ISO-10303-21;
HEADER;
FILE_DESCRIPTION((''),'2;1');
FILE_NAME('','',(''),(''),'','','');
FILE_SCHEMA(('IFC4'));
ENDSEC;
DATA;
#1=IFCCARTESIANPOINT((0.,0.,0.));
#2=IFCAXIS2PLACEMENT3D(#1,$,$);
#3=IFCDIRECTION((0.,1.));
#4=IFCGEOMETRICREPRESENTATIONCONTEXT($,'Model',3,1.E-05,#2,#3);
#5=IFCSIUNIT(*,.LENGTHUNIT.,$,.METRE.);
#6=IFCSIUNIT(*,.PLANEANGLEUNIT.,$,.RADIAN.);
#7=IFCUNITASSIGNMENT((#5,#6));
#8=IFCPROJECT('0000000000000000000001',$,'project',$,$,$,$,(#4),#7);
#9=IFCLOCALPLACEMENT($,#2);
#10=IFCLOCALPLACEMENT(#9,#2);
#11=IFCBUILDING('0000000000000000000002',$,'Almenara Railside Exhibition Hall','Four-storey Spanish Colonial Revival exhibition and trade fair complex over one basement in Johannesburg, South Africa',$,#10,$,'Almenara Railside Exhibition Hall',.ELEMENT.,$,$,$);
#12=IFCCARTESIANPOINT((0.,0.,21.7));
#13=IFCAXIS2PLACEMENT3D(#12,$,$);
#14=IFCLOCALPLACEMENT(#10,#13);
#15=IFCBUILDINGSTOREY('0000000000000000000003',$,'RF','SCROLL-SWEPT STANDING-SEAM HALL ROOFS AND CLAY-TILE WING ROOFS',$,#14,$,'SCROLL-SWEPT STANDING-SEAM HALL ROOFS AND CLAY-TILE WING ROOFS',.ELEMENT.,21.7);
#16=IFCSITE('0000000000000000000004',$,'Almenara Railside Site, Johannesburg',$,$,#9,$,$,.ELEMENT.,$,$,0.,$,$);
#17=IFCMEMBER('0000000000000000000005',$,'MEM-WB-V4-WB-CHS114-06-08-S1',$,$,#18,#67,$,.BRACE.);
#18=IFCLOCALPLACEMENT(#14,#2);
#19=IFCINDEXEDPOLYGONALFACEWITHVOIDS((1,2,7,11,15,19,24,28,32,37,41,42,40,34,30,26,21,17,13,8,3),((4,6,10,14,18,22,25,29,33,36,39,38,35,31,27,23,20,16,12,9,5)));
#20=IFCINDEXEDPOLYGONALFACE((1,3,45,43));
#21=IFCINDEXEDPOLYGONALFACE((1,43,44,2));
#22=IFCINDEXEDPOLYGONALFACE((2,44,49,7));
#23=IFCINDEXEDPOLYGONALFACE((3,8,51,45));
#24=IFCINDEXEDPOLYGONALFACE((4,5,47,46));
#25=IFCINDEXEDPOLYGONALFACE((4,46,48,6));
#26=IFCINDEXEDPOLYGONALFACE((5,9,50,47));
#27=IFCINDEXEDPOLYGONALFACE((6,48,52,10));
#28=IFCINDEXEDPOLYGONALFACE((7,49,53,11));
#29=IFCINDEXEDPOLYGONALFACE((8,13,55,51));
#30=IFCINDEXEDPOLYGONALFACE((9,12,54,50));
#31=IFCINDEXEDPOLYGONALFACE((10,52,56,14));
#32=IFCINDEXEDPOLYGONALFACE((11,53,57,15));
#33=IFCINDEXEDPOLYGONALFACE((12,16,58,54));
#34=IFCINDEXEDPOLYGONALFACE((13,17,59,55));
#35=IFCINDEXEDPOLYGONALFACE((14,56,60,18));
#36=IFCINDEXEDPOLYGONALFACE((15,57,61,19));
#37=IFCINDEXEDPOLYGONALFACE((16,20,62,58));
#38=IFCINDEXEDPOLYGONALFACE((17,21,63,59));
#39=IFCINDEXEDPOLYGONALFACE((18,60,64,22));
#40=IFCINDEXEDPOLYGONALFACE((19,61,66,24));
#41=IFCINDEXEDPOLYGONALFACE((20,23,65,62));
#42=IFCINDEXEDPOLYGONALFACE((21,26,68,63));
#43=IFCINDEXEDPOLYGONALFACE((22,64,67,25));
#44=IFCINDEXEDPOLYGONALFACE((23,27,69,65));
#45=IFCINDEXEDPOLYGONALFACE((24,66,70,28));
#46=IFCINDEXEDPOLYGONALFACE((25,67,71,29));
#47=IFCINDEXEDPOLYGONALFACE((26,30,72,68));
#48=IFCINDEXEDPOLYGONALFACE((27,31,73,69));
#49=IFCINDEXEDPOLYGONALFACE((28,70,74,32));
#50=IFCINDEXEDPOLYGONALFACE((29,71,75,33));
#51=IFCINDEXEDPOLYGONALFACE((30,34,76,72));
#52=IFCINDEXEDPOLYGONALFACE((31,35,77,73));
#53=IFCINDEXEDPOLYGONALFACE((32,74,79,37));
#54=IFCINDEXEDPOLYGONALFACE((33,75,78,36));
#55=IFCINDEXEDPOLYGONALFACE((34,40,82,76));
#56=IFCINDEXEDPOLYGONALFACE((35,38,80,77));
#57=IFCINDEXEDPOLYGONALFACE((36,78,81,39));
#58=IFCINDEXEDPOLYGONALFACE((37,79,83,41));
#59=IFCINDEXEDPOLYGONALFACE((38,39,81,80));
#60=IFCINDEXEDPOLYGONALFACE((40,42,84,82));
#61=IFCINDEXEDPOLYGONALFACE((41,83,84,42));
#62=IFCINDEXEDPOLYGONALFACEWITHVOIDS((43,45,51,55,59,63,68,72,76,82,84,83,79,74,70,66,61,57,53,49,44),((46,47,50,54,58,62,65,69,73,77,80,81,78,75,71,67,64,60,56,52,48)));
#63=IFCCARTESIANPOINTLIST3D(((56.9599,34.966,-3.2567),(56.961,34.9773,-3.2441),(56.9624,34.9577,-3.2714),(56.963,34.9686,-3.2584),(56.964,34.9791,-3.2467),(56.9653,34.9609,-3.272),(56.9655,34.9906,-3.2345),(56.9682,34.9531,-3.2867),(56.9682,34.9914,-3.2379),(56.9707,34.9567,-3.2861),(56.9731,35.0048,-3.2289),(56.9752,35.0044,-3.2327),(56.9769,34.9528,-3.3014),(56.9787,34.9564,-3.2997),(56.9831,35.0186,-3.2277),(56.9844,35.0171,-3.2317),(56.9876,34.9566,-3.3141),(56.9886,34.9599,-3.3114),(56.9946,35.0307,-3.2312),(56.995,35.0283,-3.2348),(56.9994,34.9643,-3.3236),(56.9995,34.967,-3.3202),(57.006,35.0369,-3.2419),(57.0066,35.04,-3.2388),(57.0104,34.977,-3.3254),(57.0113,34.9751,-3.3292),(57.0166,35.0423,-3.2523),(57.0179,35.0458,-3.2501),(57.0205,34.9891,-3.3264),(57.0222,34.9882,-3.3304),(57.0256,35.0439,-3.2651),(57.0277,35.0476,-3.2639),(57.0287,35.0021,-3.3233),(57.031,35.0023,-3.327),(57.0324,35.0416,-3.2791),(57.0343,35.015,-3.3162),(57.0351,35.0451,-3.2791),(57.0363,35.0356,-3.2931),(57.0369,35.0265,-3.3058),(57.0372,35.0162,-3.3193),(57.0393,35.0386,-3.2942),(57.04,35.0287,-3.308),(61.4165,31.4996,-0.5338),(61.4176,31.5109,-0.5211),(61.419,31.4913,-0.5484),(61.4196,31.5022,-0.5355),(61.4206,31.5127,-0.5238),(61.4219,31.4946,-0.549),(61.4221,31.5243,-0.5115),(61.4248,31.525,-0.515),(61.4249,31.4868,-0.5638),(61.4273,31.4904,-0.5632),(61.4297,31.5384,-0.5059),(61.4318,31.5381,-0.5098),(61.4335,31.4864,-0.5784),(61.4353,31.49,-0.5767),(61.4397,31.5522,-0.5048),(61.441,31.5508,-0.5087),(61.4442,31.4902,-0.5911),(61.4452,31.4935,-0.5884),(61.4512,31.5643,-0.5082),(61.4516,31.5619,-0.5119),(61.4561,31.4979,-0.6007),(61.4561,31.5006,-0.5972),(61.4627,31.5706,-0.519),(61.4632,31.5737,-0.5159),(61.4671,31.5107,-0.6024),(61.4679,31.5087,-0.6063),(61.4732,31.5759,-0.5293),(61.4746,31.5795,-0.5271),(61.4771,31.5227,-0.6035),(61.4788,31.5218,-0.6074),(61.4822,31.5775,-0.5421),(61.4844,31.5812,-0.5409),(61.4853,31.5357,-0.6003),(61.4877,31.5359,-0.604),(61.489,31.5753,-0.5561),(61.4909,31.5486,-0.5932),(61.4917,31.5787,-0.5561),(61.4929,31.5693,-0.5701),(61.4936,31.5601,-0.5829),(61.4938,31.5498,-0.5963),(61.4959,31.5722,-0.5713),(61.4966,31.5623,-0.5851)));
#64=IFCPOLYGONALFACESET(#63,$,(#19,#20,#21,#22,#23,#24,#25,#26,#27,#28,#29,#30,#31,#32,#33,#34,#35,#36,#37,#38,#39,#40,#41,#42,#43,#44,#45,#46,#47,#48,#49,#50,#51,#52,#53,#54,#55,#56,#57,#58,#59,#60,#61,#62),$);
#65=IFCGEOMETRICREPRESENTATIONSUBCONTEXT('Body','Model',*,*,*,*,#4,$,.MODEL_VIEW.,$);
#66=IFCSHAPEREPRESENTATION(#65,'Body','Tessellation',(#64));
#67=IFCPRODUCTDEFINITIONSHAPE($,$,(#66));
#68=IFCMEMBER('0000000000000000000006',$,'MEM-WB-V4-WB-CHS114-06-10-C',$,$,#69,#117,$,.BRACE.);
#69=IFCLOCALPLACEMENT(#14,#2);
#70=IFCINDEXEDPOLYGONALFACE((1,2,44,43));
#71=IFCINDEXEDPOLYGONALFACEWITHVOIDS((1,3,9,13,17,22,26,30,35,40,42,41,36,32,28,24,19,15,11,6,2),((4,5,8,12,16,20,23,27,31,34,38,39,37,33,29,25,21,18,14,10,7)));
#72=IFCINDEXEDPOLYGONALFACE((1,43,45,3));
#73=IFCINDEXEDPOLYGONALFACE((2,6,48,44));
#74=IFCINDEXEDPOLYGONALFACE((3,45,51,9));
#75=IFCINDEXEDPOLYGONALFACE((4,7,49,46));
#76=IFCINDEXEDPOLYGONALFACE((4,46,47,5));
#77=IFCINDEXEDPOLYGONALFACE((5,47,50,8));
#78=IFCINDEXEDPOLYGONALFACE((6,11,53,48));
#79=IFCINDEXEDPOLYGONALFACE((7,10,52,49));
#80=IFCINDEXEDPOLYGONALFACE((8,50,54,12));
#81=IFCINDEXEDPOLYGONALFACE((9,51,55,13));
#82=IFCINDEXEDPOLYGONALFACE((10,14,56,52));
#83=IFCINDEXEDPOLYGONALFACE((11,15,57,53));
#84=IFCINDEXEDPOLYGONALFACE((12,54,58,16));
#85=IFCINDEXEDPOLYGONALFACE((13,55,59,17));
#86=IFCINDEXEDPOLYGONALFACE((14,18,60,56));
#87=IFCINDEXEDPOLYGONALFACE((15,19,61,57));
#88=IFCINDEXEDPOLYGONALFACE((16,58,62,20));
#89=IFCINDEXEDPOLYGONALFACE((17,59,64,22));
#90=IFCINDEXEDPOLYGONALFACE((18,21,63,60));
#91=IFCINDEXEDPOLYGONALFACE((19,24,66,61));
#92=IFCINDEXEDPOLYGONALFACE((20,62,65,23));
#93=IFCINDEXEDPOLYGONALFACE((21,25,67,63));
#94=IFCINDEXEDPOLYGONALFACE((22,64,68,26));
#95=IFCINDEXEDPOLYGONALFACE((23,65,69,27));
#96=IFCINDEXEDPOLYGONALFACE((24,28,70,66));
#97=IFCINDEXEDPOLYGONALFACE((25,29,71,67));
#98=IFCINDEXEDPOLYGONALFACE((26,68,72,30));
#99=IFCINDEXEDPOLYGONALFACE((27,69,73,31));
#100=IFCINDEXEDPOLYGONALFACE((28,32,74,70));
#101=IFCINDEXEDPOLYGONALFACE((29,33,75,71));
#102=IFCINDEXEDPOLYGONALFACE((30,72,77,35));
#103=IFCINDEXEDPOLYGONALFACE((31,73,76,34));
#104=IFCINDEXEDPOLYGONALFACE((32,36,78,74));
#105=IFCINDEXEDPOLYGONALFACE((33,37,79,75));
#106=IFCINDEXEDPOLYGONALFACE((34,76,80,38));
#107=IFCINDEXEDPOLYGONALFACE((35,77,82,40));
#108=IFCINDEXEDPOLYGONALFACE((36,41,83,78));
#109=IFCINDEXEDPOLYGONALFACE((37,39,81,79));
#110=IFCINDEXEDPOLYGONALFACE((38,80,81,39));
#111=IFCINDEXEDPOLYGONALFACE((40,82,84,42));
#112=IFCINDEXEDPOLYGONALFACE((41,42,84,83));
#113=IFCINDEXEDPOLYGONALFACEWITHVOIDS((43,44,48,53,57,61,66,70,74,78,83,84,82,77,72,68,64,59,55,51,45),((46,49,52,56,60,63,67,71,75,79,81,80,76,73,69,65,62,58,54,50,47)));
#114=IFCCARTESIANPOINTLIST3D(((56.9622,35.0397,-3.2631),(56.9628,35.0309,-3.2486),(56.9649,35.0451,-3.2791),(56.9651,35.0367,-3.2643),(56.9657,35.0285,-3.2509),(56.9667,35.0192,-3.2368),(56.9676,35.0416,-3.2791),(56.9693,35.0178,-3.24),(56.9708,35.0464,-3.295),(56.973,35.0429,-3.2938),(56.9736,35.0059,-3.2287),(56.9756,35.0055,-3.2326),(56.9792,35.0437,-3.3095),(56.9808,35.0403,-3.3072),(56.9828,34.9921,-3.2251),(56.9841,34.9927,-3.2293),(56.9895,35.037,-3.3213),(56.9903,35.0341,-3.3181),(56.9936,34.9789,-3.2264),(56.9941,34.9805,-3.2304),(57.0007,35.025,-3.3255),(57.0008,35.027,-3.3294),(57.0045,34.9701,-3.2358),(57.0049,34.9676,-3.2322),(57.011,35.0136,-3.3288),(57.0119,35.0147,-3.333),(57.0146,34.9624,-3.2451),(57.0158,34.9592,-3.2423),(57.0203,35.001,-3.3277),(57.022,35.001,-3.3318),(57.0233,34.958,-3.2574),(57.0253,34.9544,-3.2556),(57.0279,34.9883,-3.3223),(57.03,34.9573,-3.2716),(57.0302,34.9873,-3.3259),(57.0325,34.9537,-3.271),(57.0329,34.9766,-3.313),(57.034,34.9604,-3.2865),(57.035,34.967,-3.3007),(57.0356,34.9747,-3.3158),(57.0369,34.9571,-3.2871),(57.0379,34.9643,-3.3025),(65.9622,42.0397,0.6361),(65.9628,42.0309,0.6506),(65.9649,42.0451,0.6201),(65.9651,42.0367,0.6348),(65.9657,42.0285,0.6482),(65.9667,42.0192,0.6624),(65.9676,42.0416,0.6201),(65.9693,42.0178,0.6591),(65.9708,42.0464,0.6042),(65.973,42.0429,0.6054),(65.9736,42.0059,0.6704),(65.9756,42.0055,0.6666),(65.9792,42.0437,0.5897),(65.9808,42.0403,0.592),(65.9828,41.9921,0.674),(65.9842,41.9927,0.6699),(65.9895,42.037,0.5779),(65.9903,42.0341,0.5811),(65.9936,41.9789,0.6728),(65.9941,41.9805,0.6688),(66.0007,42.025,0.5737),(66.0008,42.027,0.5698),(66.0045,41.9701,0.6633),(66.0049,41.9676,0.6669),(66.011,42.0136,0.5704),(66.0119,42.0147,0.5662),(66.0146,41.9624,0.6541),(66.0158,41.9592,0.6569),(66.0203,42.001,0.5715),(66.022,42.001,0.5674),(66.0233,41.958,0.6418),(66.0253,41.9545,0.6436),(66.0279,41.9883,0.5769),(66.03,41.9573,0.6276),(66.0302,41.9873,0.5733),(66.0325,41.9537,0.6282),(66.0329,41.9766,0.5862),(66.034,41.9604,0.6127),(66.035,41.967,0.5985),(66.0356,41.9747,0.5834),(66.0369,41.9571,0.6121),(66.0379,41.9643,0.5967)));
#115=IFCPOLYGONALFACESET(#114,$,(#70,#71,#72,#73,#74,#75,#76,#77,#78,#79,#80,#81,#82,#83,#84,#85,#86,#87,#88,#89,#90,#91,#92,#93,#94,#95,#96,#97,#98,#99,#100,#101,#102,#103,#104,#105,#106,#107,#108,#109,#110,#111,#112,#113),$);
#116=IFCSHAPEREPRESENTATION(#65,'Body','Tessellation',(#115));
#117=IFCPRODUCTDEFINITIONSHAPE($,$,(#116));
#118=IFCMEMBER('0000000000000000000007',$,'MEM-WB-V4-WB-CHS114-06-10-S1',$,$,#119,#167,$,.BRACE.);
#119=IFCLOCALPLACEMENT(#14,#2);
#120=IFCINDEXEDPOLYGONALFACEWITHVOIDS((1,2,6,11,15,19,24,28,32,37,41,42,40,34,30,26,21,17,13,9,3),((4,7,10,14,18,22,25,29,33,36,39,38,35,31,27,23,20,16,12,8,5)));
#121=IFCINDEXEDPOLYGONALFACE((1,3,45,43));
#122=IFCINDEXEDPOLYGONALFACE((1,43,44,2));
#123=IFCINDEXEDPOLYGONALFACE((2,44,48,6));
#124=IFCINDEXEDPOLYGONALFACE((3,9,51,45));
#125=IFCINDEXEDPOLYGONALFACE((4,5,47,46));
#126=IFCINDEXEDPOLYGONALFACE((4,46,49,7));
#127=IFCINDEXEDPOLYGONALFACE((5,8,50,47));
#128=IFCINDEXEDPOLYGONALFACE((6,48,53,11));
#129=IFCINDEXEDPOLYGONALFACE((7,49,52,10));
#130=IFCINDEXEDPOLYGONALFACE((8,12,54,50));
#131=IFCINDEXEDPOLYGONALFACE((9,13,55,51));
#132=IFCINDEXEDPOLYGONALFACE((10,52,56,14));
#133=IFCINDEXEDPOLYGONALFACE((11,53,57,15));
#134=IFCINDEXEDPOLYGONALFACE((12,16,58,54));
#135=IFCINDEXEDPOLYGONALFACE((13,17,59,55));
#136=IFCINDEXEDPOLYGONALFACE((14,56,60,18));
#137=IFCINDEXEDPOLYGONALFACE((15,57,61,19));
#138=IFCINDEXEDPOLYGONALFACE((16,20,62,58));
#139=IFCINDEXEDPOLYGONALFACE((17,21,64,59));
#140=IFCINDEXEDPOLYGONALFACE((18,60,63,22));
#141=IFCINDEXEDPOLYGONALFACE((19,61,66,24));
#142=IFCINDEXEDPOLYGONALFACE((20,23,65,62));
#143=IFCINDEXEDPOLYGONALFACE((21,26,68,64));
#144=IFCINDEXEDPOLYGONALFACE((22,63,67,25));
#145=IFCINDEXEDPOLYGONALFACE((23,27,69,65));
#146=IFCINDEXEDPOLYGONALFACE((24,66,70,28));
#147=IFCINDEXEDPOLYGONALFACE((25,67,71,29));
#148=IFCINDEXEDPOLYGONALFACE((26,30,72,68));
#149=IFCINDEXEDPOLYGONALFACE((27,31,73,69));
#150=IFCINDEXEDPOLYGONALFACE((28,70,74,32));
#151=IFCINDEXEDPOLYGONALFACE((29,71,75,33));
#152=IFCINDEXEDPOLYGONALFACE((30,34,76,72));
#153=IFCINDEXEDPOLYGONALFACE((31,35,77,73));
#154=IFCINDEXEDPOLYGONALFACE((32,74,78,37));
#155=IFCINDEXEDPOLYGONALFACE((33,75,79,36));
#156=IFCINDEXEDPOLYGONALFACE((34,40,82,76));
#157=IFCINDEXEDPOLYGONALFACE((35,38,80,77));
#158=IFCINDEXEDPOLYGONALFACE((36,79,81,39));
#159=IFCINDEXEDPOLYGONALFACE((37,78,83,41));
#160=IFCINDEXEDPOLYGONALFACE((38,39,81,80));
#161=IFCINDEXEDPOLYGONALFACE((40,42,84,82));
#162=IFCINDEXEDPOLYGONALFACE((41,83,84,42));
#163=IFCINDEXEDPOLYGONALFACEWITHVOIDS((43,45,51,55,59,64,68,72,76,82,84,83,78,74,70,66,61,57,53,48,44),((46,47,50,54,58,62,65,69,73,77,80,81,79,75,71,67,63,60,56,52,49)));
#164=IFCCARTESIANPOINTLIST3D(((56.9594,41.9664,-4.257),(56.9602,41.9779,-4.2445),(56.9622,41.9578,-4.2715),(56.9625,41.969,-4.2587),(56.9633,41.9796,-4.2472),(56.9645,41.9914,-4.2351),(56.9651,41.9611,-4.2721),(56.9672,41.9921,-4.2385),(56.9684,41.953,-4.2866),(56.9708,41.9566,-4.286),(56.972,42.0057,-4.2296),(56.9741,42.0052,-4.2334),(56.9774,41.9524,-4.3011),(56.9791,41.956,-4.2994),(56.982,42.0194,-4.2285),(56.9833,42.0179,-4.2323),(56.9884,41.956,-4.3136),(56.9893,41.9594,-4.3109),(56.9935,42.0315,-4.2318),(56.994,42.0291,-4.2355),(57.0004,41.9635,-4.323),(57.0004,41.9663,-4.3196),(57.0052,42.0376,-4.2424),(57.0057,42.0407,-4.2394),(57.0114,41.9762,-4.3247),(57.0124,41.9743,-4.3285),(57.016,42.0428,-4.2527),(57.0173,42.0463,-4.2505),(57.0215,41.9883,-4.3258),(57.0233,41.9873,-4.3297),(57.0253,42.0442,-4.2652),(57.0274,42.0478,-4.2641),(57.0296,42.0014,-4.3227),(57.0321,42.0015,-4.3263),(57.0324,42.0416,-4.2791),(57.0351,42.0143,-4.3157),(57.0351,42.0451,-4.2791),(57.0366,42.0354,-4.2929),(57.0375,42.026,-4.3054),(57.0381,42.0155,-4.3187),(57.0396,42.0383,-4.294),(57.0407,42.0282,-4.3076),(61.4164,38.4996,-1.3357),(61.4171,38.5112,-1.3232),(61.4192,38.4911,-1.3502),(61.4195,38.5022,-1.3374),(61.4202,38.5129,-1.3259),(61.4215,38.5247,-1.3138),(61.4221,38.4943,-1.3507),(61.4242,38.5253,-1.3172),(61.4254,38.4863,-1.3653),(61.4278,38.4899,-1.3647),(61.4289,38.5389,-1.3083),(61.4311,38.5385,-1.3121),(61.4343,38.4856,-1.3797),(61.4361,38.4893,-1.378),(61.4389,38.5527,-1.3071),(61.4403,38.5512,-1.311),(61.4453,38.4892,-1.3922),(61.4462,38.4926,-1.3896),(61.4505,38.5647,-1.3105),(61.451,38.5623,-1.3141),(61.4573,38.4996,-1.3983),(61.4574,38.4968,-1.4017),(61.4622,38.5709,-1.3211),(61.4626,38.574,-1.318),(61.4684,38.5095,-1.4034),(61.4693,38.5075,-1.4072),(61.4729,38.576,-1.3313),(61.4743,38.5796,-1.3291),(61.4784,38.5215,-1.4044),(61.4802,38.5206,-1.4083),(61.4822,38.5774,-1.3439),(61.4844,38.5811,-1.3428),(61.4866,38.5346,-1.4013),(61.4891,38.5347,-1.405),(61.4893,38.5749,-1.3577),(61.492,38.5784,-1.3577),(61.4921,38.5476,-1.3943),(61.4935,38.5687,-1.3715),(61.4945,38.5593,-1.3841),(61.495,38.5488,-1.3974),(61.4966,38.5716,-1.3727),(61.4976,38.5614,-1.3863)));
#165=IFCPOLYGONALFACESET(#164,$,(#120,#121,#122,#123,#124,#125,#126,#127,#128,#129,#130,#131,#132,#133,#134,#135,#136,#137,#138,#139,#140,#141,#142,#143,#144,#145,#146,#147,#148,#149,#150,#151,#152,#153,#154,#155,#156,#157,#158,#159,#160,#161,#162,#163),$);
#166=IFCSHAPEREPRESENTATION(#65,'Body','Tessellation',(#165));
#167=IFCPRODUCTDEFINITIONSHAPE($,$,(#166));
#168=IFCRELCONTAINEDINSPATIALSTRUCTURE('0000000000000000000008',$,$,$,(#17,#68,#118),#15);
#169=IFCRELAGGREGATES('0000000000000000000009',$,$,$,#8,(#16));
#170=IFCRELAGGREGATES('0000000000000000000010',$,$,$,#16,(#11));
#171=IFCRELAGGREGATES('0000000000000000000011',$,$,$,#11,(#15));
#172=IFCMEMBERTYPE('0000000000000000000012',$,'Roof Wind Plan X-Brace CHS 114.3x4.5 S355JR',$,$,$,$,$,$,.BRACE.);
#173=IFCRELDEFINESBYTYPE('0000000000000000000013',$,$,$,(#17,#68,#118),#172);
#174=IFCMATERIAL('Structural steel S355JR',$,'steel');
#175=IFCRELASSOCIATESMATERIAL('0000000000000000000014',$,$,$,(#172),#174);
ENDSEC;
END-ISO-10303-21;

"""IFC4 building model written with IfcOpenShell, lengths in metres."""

from ifc_helpers import new_model, si_unit, direction, frame, origin, origin_2d, place, context, subcontext, project, spatial, hollow_circle, extrude, material, material_profile, profile_set, type_object, element, save


model = new_model("IFC4")

# Units and contexts
model_context = context("Model", 3, precision=1e-05, world=origin(), true_north=direction((0.0, 1.0)))
body_context = subcontext(model_context, "Body", "Model", "MODEL_VIEW")
ifc_project = project(units=[si_unit("LENGTHUNIT", "METRE"), si_unit("PLANEANGLEUNIT", "RADIAN")], contexts=[model_context])

# Site, building, storey
site_placement = place(None, origin())
site = spatial("IfcSite", under=ifc_project, at=site_placement, Name="Almenara Railside Site, Johannesburg", CompositionType="ELEMENT", RefElevation=0.0)
building_placement = place(site_placement, origin())
building = spatial("IfcBuilding", under=site, at=building_placement, Name="Almenara Railside Exhibition Hall", Description="Four-storey Spanish Colonial Revival exhibition and trade fair complex over one basement in Johannesburg, South Africa", LongName="Almenara Railside Exhibition Hall", CompositionType="ELEMENT")
storey_placement = place(building_placement, frame((0.0, 0.0, 21.7)))
storey = spatial("IfcBuildingStorey", under=building, at=storey_placement, Name="RF", Description="SCROLL-SWEPT STANDING-SEAM HALL ROOFS AND CLAY-TILE WING ROOFS", LongName="SCROLL-SWEPT STANDING-SEAM HALL ROOFS AND CLAY-TILE WING ROOFS", CompositionType="ELEMENT", Elevation=21.7)

# Shared definitions
ifc_material_1 = material(Name="Structural steel S355JR", Category="steel")

# Members
ifc_material_profile_1 = material_profile(ifc_material_1, hollow_circle(Radius=0.0571, WallThickness=0.0044, at=origin_2d()), Name="CHS 114.3x4.5")
ifc_profile_set_1 = profile_set([ifc_material_profile_1], Name="Structural steel S355JR")
member_type_1 = type_object("IfcMemberType", Name="Roof Wind Plan X-Brace CHS 114.3x4.5 S355JR", PredefinedType="BRACE", material=ifc_profile_set_1)
member_1_placement = place(storey_placement, frame((57.0, 35.0, -3.2791), z_axis=(0.710977, -0.553, 0.4344), x_axis=(0.613953, 0.789343, 0.0)))
element("IfcMember", 1, at=member_1_placement, inside=storey, type_object=member_type_1, Name="MEM-WB-V4-WB-CHS114-06-08-S1", PredefinedType="BRACE", context=body_context, shape_type="SweptSolid", body=[
    extrude(hollow_circle(Radius=0.0571, WallThickness=0.0044, at=origin_2d()), origin(), (0.0, 0.0, 1.0), 6.2683),
])
member_2_placement = place(storey_placement, frame((57.0, 35.0, -3.2791), z_axis=(0.746885, 0.580911, 0.323581), x_axis=(-0.613941, 0.789352, 0.0)))
element("IfcMember", 2, at=member_2_placement, inside=storey, type_object=member_type_1, Name="MEM-WB-V4-WB-CHS114-06-10-C", PredefinedType="BRACE", context=body_context, shape_type="SweptSolid", body=[
    extrude(hollow_circle(Radius=0.0571, WallThickness=0.0044, at=origin_2d()), origin(), (0.0, 0.0, 1.0), 12.05),
])
member_3_placement = place(storey_placement, frame((57.0, 42.0, -4.2791), z_axis=(0.701062, -0.545305, 0.459515), x_axis=(0.613965, 0.789334, 0.0)))
element("IfcMember", 3, at=member_3_placement, inside=storey, type_object=member_type_1, Name="MEM-WB-V4-WB-CHS114-06-10-S1", PredefinedType="BRACE", context=body_context, shape_type="SweptSolid", body=[
    extrude(hollow_circle(Radius=0.0571, WallThickness=0.0044, at=origin_2d()), origin(), (0.0, 0.0, 1.0), 6.3574),
])

save(model, "model.ifc")
